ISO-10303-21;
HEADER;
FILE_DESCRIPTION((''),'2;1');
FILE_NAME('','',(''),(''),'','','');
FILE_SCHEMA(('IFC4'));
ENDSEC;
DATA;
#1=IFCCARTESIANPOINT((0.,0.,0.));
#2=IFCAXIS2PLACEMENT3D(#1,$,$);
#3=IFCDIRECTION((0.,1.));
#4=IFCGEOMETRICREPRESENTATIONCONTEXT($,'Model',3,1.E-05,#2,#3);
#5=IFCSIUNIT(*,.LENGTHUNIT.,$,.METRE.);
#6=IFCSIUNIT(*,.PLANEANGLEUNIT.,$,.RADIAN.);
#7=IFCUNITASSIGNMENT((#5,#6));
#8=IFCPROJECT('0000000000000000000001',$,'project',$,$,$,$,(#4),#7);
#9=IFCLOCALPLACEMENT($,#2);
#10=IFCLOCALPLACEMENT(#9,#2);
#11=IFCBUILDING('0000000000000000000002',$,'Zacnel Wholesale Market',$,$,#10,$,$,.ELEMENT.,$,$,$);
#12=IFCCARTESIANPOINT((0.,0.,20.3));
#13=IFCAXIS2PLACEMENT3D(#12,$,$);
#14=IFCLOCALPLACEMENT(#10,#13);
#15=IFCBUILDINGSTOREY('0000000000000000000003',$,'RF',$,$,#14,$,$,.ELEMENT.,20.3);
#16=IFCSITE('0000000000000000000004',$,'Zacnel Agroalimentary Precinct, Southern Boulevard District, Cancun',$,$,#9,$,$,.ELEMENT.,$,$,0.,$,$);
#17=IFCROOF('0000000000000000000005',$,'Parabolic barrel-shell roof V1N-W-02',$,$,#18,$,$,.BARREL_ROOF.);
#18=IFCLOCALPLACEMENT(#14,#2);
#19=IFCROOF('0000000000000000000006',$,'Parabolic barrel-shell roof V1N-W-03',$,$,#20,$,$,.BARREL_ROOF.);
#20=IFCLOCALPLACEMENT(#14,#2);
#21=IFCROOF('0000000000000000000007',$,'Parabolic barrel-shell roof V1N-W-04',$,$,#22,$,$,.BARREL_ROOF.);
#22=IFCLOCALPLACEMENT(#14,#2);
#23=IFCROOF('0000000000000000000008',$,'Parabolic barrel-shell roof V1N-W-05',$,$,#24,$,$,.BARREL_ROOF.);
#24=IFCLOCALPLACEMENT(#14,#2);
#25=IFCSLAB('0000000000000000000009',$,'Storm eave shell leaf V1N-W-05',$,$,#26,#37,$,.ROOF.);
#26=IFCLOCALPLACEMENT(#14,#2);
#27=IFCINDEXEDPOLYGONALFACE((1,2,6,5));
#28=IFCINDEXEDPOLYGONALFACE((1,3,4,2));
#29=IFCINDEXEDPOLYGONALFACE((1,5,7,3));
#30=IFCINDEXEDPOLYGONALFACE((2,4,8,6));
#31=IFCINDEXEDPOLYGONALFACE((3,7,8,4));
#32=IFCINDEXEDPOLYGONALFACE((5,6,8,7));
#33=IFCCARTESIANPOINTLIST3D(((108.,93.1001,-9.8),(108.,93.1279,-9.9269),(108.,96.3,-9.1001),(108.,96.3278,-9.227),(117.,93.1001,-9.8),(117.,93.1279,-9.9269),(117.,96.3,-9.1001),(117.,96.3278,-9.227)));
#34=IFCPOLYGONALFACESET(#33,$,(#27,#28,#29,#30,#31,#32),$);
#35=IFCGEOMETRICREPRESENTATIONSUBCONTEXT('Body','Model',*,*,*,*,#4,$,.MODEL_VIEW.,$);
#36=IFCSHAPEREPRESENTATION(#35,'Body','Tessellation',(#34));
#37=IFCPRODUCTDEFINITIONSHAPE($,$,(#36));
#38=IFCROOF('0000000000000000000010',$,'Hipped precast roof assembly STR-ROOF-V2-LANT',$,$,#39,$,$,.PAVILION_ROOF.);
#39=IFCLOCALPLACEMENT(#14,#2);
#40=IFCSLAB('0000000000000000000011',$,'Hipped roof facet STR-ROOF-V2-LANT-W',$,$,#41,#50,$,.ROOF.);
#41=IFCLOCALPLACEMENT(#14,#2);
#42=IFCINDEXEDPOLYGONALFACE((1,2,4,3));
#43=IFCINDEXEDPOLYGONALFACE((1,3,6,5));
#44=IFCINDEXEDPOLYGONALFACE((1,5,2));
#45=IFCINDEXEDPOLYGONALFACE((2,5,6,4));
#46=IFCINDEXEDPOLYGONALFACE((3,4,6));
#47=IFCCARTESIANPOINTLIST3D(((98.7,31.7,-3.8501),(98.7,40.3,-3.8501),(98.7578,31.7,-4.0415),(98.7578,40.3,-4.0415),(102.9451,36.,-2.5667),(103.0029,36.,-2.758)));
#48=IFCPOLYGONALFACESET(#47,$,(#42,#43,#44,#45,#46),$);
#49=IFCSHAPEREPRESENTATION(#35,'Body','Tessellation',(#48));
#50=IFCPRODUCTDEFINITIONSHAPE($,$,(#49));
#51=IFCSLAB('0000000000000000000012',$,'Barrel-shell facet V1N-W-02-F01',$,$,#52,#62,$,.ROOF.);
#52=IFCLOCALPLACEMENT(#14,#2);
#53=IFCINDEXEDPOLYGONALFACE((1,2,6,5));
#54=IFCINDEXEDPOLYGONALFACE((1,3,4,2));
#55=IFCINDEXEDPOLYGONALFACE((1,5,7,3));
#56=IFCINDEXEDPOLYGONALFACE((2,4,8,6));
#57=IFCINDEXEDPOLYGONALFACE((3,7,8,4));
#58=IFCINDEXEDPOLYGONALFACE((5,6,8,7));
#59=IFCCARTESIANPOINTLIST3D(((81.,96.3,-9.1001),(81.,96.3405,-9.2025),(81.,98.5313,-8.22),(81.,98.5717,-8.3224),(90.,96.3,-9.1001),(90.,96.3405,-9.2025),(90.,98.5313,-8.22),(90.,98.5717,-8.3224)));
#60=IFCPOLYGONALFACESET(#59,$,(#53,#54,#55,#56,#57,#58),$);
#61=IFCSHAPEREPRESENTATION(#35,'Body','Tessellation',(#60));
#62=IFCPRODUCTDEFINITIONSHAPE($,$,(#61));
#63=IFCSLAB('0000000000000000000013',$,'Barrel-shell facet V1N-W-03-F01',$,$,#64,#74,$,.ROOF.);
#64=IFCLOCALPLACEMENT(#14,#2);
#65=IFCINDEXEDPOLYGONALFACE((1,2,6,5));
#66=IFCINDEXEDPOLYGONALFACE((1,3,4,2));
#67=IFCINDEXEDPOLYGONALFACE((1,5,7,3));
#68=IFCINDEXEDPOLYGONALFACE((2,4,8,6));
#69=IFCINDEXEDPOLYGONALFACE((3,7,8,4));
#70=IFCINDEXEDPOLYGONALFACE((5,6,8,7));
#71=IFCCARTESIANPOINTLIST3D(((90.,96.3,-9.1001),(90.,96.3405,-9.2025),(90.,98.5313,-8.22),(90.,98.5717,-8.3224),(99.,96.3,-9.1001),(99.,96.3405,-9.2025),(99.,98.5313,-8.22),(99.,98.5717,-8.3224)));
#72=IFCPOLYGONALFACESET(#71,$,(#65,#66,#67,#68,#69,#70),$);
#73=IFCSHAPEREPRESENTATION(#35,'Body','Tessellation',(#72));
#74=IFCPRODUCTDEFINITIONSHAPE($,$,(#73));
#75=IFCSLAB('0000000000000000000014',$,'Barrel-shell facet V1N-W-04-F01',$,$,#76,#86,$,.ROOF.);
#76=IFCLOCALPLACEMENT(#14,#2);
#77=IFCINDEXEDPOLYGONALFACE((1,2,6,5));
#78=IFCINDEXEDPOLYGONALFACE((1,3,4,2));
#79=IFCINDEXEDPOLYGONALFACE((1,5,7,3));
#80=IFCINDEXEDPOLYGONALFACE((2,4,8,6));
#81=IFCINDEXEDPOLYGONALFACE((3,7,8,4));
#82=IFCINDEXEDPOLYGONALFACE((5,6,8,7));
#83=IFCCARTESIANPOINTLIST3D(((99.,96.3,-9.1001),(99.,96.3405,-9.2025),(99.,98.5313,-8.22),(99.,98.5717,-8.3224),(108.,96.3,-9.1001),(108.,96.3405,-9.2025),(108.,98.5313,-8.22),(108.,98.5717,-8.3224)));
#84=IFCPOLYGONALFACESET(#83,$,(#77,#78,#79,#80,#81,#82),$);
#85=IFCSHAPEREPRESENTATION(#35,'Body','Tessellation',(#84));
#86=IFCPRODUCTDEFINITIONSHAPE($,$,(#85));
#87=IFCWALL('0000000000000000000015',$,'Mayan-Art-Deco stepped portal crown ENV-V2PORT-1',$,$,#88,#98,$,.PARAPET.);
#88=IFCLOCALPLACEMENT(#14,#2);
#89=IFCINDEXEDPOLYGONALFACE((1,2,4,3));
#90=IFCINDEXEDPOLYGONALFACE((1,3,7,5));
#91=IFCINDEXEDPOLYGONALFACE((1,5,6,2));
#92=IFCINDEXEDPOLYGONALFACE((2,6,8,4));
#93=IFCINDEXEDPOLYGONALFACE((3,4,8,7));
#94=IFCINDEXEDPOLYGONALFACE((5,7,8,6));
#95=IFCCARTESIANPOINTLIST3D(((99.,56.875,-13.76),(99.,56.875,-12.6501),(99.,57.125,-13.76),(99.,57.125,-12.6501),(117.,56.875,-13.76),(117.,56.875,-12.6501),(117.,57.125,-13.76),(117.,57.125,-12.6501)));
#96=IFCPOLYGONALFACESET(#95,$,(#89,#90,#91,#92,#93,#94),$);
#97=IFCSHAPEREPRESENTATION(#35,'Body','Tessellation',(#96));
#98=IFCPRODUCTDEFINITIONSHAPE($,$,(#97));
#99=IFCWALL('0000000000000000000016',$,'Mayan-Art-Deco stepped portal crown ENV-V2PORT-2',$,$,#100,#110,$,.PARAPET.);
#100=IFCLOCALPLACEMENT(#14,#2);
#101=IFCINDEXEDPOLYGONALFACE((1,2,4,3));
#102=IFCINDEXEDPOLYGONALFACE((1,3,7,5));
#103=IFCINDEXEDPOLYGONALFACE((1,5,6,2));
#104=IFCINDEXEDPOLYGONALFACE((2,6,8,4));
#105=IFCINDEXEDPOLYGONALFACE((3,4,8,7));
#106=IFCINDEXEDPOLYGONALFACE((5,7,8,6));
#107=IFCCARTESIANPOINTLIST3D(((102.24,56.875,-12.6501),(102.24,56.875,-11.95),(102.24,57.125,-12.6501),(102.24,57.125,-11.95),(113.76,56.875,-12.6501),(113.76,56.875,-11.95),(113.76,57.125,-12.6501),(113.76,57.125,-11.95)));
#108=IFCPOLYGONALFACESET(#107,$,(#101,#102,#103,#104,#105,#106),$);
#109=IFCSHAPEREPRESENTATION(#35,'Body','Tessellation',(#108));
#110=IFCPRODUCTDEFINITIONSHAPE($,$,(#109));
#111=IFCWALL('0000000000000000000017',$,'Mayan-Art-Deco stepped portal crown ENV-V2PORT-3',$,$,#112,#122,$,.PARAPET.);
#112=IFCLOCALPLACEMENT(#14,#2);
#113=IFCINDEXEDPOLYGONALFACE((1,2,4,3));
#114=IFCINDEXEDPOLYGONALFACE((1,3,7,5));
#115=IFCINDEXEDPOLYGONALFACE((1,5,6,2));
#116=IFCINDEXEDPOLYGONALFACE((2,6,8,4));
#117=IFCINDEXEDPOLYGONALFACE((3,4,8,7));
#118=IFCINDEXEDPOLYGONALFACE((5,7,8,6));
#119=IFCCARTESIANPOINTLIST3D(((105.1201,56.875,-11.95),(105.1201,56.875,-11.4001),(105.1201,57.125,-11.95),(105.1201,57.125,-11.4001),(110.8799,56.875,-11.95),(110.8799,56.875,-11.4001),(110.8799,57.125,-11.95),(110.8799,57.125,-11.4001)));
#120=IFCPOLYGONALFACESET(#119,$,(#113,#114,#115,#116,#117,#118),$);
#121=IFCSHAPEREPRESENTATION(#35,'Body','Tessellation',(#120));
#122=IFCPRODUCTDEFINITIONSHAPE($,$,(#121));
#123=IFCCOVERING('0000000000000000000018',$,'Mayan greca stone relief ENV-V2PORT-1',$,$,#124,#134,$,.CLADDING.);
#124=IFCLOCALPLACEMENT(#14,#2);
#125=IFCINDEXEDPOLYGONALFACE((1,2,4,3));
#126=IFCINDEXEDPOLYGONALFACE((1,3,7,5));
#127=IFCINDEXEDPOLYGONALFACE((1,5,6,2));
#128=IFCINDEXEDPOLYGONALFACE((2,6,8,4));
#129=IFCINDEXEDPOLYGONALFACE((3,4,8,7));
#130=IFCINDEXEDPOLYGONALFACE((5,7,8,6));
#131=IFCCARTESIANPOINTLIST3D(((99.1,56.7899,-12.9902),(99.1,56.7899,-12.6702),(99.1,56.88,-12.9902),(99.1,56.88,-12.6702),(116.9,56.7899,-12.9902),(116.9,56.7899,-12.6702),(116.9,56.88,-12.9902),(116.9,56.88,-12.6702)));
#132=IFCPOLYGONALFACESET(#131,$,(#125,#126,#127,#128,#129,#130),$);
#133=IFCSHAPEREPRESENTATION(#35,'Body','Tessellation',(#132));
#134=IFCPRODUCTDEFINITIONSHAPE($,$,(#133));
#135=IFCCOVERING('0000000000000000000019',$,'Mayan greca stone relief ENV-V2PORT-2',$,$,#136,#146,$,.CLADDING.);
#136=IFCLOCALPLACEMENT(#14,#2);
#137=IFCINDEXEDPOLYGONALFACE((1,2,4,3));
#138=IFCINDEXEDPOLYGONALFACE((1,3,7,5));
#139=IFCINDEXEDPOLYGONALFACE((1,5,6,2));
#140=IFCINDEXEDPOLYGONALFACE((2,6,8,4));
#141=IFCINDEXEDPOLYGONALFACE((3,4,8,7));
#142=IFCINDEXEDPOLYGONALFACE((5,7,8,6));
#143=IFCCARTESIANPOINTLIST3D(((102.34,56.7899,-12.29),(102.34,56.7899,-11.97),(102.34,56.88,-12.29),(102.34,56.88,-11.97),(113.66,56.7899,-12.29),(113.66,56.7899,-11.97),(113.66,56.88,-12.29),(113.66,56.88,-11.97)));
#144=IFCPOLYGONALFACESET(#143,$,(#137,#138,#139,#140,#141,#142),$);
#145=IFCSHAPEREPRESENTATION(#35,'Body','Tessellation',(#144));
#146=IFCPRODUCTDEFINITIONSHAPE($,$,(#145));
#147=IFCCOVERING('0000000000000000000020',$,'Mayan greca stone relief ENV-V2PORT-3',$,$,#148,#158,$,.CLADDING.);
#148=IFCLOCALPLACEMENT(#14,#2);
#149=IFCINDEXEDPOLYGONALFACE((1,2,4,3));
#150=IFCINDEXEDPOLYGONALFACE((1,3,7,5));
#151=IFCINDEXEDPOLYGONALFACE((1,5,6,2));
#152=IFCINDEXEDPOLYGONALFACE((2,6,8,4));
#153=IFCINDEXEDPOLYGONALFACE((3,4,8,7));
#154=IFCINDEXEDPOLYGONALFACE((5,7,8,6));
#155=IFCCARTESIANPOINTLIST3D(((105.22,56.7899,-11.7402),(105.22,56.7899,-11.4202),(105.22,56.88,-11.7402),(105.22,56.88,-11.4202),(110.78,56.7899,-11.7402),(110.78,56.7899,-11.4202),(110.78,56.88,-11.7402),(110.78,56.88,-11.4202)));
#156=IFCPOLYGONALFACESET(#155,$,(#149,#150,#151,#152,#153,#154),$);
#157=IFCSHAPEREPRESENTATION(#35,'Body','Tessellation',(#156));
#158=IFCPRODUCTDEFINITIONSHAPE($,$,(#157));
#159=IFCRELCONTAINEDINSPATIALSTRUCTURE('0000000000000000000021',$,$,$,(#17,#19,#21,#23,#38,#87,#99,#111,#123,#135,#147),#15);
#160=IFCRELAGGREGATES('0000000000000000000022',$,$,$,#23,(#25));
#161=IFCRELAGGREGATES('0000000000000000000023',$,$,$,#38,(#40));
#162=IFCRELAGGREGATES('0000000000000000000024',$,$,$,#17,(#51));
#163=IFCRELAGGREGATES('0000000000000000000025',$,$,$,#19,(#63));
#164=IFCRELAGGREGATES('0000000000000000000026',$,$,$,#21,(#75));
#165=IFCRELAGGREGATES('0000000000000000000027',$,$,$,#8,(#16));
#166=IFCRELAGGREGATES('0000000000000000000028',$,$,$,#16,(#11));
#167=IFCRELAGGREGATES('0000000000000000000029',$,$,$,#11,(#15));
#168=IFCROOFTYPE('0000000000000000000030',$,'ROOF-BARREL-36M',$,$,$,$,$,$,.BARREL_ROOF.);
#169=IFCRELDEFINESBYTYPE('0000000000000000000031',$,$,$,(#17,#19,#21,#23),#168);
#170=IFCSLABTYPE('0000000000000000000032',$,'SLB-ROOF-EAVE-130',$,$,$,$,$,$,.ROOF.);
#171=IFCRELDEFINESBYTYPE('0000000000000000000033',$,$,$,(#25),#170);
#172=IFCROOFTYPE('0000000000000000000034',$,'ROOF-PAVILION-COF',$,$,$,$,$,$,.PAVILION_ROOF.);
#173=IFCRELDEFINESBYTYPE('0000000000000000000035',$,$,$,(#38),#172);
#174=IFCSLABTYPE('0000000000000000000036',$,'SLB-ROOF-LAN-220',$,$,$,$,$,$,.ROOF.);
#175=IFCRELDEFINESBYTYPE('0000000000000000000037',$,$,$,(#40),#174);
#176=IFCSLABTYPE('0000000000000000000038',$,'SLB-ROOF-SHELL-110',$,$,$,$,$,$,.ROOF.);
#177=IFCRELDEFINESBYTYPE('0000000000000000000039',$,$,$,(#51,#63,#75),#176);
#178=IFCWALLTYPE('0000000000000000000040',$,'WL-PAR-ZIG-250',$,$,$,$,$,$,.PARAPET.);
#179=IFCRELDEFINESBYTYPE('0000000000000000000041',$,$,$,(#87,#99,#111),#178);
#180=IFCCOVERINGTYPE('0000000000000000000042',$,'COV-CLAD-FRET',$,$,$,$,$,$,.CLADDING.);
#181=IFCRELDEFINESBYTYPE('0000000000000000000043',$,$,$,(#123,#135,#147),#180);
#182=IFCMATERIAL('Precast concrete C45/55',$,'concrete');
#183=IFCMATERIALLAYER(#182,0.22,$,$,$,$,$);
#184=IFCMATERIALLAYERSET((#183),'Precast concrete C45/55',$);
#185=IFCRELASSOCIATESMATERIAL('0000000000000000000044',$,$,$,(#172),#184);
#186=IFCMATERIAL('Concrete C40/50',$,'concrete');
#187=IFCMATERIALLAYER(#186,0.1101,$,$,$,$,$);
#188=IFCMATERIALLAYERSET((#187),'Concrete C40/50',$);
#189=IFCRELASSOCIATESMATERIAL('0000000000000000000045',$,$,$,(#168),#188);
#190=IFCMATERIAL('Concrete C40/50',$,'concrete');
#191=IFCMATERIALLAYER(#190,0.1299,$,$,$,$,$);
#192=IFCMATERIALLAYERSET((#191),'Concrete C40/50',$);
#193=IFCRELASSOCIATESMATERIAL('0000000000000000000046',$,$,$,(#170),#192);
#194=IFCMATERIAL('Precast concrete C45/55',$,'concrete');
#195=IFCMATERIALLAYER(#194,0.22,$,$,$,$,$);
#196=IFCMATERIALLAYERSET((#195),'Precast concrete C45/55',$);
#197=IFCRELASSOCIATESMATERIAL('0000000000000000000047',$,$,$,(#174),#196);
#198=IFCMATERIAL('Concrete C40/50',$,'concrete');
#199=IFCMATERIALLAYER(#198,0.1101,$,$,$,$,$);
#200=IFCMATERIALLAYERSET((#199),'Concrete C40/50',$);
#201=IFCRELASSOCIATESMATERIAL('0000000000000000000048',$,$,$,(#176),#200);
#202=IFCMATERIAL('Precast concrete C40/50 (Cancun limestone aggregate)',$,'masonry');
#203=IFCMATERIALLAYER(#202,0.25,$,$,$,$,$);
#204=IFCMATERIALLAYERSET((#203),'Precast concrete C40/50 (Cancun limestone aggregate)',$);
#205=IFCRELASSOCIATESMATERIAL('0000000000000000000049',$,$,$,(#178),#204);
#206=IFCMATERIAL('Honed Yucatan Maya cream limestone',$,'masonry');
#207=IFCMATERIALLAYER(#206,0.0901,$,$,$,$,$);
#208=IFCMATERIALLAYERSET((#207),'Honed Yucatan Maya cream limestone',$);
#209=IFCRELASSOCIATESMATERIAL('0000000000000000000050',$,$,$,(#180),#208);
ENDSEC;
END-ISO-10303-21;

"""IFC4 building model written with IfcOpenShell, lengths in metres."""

from ifc_helpers import new_model, si_unit, direction, frame, frame_2d, origin, origin_2d, place, context, subcontext, project, spatial, polyline, rectangle, outline, extrude, material, layer, layer_set, type_object, element, aggregate, save


model = new_model("IFC4")

# Units and contexts
model_context = context("Model", 3, precision=1e-05, world=origin(), true_north=direction((0.0, 1.0)))
body_context = subcontext(model_context, "Body", "Model", "MODEL_VIEW")
ifc_project = project(units=[si_unit("LENGTHUNIT", "METRE"), si_unit("PLANEANGLEUNIT", "RADIAN")], contexts=[model_context])

# Site, building, storey
site_placement = place(None, origin())
site = spatial("IfcSite", under=ifc_project, at=site_placement, Name="Zacnel Agroalimentary Precinct, Southern Boulevard District, Cancun", CompositionType="ELEMENT", RefElevation=0.0)
building_placement = place(site_placement, origin())
building = spatial("IfcBuilding", under=site, at=building_placement, Name="Zacnel Wholesale Market", CompositionType="ELEMENT")
storey_placement = place(building_placement, frame((0.0, 0.0, 20.3)))
storey = spatial("IfcBuildingStorey", under=building, at=storey_placement, Name="RF", CompositionType="ELEMENT", Elevation=20.3)

# Roofs, slabs
ifc_material_1 = material(Name="Precast concrete C45/55", Category="concrete")
ifc_layer_1 = layer(ifc_material_1, 0.22)
ifc_layer_set_1 = layer_set([ifc_layer_1], Name="Precast concrete C45/55")
roof_type_1 = type_object("IfcRoofType", Name="ROOF-PAVILION-COF", PredefinedType="PAVILION_ROOF", material=ifc_layer_set_1)
ifc_material_2 = material(Name="Concrete C40/50", Category="concrete")
ifc_layer_2 = layer(ifc_material_2, 0.1101)
ifc_layer_set_2 = layer_set([ifc_layer_2], Name="Concrete C40/50")
roof_type_2 = type_object("IfcRoofType", Name="ROOF-BARREL-36M", PredefinedType="BARREL_ROOF", material=ifc_layer_set_2)
roof_1_placement = place(storey_placement, origin())
roof_1 = element("IfcRoof", 1, at=roof_1_placement, inside=storey, type_object=roof_type_2, Name="Parabolic barrel-shell roof V1N-W-02", PredefinedType="BARREL_ROOF")
ifc_material_3 = material(Name="Concrete C40/50", Category="concrete")
ifc_layer_3 = layer(ifc_material_3, 0.1299)
ifc_layer_set_3 = layer_set([ifc_layer_3], Name="Concrete C40/50")
slab_type_1 = type_object("IfcSlabType", Name="SLB-ROOF-EAVE-130", PredefinedType="ROOF", material=ifc_layer_set_3)
roof_2_placement = place(storey_placement, origin())
roof_2 = element("IfcRoof", 2, at=roof_2_placement, inside=storey, type_object=roof_type_2, Name="Parabolic barrel-shell roof V1N-W-03", PredefinedType="BARREL_ROOF")
roof_3_placement = place(storey_placement, origin())
roof_3 = element("IfcRoof", 3, at=roof_3_placement, inside=storey, type_object=roof_type_2, Name="Parabolic barrel-shell roof V1N-W-04", PredefinedType="BARREL_ROOF")
roof_4_placement = place(storey_placement, origin())
roof_4 = element("IfcRoof", 4, at=roof_4_placement, inside=storey, type_object=roof_type_2, Name="Parabolic barrel-shell roof V1N-W-05", PredefinedType="BARREL_ROOF")
slab_1_placement = place(storey_placement, frame((108.0, 93.1001, -9.8), z_axis=(0.0, -0.213686, 0.976902), x_axis=(1.0, 0.0, 0.0)))
slab_1 = element("IfcSlab", 5, at=slab_1_placement, type_object=slab_type_1, Name="Storm eave shell leaf V1N-W-05", PredefinedType="ROOF", context=body_context, shape_type="SweptSolid", body=[
    extrude(outline(polyline([(0.0, 0.0), (9.0, 0.0), (9.0, 3.2756), (0.0, 3.2756), (0.0, 0.0)])), origin(), (0.0, 0.0, -1.0), 0.1299),
])
aggregate(roof_4, [slab_1])
roof_5_placement = place(storey_placement, origin())
roof_5 = element("IfcRoof", 6, at=roof_5_placement, inside=storey, type_object=roof_type_1, Name="Hipped precast roof assembly STR-ROOF-V2-LANT", PredefinedType="PAVILION_ROOF")
ifc_material_4 = material(Name="Precast concrete C45/55", Category="concrete")
ifc_layer_4 = layer(ifc_material_4, 0.22)
ifc_layer_set_4 = layer_set([ifc_layer_4], Name="Precast concrete C45/55")
slab_type_2 = type_object("IfcSlabType", Name="SLB-ROOF-LAN-220", PredefinedType="ROOF", material=ifc_layer_set_4)
slab_2_placement = place(storey_placement, frame((98.7, 40.3, -3.8501), z_axis=(-0.289398, 0.0, 0.957209), x_axis=(0.0, -1.0, 0.0)))
slab_2 = element("IfcSlab", 7, at=slab_2_placement, type_object=slab_type_2, Name="Hipped roof facet STR-ROOF-V2-LANT-W", PredefinedType="ROOF", context=body_context, shape_type="SweptSolid", body=[
    extrude(outline(polyline([(0.0, 0.0), (8.6001, 0.0), (4.3, 4.4349), (0.0, 0.0)])), origin(), (0.0, 0.0, -1.0), 0.2),
])
aggregate(roof_5, [slab_2])

# Slabs
ifc_material_5 = material(Name="Concrete C40/50", Category="concrete")
ifc_layer_5 = layer(ifc_material_5, 0.1101)
ifc_layer_set_5 = layer_set([ifc_layer_5], Name="Concrete C40/50")
slab_type_3 = type_object("IfcSlabType", Name="SLB-ROOF-SHELL-110", PredefinedType="ROOF", material=ifc_layer_set_5)
slab_3_placement = place(storey_placement, frame((81.0, 96.3, -9.1001), z_axis=(0.0, -0.366946, 0.930242), x_axis=(1.0, 0.0, 0.0)))
slab_3 = element("IfcSlab", 8, at=slab_3_placement, type_object=slab_type_3, Name="Barrel-shell facet V1N-W-02-F01", PredefinedType="ROOF", context=body_context, shape_type="SweptSolid", body=[
    extrude(outline(polyline([(0.0, 0.0), (9.0, 0.0), (9.0, 2.3985), (0.0, 2.3985), (0.0, 0.0)])), origin(), (0.0, 0.0, -1.0), 0.1101),
])
aggregate(roof_1, [slab_3])
slab_4_placement = place(storey_placement, frame((90.0, 96.3, -9.1001), z_axis=(0.0, -0.366946, 0.930242), x_axis=(1.0, 0.0, 0.0)))
slab_4 = element("IfcSlab", 9, at=slab_4_placement, type_object=slab_type_3, Name="Barrel-shell facet V1N-W-03-F01", PredefinedType="ROOF", context=body_context, shape_type="SweptSolid", body=[
    extrude(outline(polyline([(0.0, 0.0), (9.0, 0.0), (9.0, 2.3985), (0.0, 2.3985), (0.0, 0.0)])), origin(), (0.0, 0.0, -1.0), 0.1101),
])
aggregate(roof_2, [slab_4])
slab_5_placement = place(storey_placement, frame((99.0, 96.3, -9.1001), z_axis=(0.0, -0.366946, 0.930242), x_axis=(1.0, 0.0, 0.0)))
slab_5 = element("IfcSlab", 10, at=slab_5_placement, type_object=slab_type_3, Name="Barrel-shell facet V1N-W-04-F01", PredefinedType="ROOF", context=body_context, shape_type="SweptSolid", body=[
    extrude(outline(polyline([(0.0, 0.0), (9.0, 0.0), (9.0, 2.3985), (0.0, 2.3985), (0.0, 0.0)])), origin(), (0.0, 0.0, -1.0), 0.1101),
])
aggregate(roof_3, [slab_5])

# Walls
ifc_material_6 = material(Name="Precast concrete C40/50 (Cancun limestone aggregate)", Category="masonry")
ifc_layer_6 = layer(ifc_material_6, 0.25)
ifc_layer_set_6 = layer_set([ifc_layer_6], Name="Precast concrete C40/50 (Cancun limestone aggregate)")
wall_type = type_object("IfcWallType", Name="WL-PAR-ZIG-250", PredefinedType="PARAPET", material=ifc_layer_set_6)
wall_1_placement = place(storey_placement, frame((99.0, 57.0, -13.76), z_axis=(0.0, 0.0, 1.0), x_axis=(1.0, 0.0, 0.0)))
element("IfcWall", 11, at=wall_1_placement, inside=storey, type_object=wall_type, Name="Mayan-Art-Deco stepped portal crown ENV-V2PORT-1", PredefinedType="PARAPET", context=body_context, shape_type="SweptSolid", body=[
    extrude(rectangle(XDim=18.0, YDim=0.25, at=frame_2d((9.0, 0.0))), origin(), (0.0, 0.0, 1.0), 1.1099),
])
wall_2_placement = place(storey_placement, frame((102.24, 57.0, -12.6501), z_axis=(0.0, 0.0, 1.0), x_axis=(1.0, 0.0, 0.0)))
element("IfcWall", 12, at=wall_2_placement, inside=storey, type_object=wall_type, Name="Mayan-Art-Deco stepped portal crown ENV-V2PORT-2", PredefinedType="PARAPET", context=body_context, shape_type="SweptSolid", body=[
    extrude(rectangle(XDim=11.52, YDim=0.25, at=frame_2d((5.76, 0.0))), origin(), (0.0, 0.0, 1.0), 0.7002),
])
wall_3_placement = place(storey_placement, frame((105.1201, 57.0, -11.95), z_axis=(0.0, 0.0, 1.0), x_axis=(1.0, 0.0, 0.0)))
element("IfcWall", 13, at=wall_3_placement, inside=storey, type_object=wall_type, Name="Mayan-Art-Deco stepped portal crown ENV-V2PORT-3", PredefinedType="PARAPET", context=body_context, shape_type="SweptSolid", body=[
    extrude(rectangle(XDim=5.7598, YDim=0.25, at=frame_2d((2.8799, 0.0))), origin(), (0.0, 0.0, 1.0), 0.5498),
])

# Coverings
ifc_material_7 = material(Name="Honed Yucatan Maya cream limestone", Category="masonry")
ifc_layer_7 = layer(ifc_material_7, 0.0901)
ifc_layer_set_7 = layer_set([ifc_layer_7], Name="Honed Yucatan Maya cream limestone")
covering_type = type_object("IfcCoveringType", Name="COV-CLAD-FRET", PredefinedType="CLADDING", material=ifc_layer_set_7)
covering_1_placement = place(storey_placement, frame((108.0, 56.835, -12.9902), z_axis=(0.0, 0.0, 1.0), x_axis=(1.0, 0.0, 0.0)))
element("IfcCovering", 14, at=covering_1_placement, inside=storey, type_object=covering_type, Name="Mayan greca stone relief ENV-V2PORT-1", PredefinedType="CLADDING", context=body_context, shape_type="SweptSolid", body=[
    extrude(rectangle(XDim=17.8, YDim=0.0901, at=origin_2d()), origin(), (0.0, 0.0, 1.0), 0.3201),
])
covering_2_placement = place(storey_placement, frame((108.0, 56.835, -12.29), z_axis=(0.0, 0.0, 1.0), x_axis=(1.0, 0.0, 0.0)))
element("IfcCovering", 15, at=covering_2_placement, inside=storey, type_object=covering_type, Name="Mayan greca stone relief ENV-V2PORT-2", PredefinedType="CLADDING", context=body_context, shape_type="SweptSolid", body=[
    extrude(rectangle(XDim=11.3201, YDim=0.0901, at=origin_2d()), origin(), (0.0, 0.0, 1.0), 0.3201),
])
covering_3_placement = place(storey_placement, frame((108.0, 56.835, -11.7402), z_axis=(0.0, 0.0, 1.0), x_axis=(1.0, 0.0, 0.0)))
element("IfcCovering", 16, at=covering_3_placement, inside=storey, type_object=covering_type, Name="Mayan greca stone relief ENV-V2PORT-3", PredefinedType="CLADDING", context=body_context, shape_type="SweptSolid", body=[
    extrude(rectangle(XDim=5.5601, YDim=0.0901, at=origin_2d()), origin(), (0.0, 0.0, 1.0), 0.3201),
])

save(model, "model.ifc")
